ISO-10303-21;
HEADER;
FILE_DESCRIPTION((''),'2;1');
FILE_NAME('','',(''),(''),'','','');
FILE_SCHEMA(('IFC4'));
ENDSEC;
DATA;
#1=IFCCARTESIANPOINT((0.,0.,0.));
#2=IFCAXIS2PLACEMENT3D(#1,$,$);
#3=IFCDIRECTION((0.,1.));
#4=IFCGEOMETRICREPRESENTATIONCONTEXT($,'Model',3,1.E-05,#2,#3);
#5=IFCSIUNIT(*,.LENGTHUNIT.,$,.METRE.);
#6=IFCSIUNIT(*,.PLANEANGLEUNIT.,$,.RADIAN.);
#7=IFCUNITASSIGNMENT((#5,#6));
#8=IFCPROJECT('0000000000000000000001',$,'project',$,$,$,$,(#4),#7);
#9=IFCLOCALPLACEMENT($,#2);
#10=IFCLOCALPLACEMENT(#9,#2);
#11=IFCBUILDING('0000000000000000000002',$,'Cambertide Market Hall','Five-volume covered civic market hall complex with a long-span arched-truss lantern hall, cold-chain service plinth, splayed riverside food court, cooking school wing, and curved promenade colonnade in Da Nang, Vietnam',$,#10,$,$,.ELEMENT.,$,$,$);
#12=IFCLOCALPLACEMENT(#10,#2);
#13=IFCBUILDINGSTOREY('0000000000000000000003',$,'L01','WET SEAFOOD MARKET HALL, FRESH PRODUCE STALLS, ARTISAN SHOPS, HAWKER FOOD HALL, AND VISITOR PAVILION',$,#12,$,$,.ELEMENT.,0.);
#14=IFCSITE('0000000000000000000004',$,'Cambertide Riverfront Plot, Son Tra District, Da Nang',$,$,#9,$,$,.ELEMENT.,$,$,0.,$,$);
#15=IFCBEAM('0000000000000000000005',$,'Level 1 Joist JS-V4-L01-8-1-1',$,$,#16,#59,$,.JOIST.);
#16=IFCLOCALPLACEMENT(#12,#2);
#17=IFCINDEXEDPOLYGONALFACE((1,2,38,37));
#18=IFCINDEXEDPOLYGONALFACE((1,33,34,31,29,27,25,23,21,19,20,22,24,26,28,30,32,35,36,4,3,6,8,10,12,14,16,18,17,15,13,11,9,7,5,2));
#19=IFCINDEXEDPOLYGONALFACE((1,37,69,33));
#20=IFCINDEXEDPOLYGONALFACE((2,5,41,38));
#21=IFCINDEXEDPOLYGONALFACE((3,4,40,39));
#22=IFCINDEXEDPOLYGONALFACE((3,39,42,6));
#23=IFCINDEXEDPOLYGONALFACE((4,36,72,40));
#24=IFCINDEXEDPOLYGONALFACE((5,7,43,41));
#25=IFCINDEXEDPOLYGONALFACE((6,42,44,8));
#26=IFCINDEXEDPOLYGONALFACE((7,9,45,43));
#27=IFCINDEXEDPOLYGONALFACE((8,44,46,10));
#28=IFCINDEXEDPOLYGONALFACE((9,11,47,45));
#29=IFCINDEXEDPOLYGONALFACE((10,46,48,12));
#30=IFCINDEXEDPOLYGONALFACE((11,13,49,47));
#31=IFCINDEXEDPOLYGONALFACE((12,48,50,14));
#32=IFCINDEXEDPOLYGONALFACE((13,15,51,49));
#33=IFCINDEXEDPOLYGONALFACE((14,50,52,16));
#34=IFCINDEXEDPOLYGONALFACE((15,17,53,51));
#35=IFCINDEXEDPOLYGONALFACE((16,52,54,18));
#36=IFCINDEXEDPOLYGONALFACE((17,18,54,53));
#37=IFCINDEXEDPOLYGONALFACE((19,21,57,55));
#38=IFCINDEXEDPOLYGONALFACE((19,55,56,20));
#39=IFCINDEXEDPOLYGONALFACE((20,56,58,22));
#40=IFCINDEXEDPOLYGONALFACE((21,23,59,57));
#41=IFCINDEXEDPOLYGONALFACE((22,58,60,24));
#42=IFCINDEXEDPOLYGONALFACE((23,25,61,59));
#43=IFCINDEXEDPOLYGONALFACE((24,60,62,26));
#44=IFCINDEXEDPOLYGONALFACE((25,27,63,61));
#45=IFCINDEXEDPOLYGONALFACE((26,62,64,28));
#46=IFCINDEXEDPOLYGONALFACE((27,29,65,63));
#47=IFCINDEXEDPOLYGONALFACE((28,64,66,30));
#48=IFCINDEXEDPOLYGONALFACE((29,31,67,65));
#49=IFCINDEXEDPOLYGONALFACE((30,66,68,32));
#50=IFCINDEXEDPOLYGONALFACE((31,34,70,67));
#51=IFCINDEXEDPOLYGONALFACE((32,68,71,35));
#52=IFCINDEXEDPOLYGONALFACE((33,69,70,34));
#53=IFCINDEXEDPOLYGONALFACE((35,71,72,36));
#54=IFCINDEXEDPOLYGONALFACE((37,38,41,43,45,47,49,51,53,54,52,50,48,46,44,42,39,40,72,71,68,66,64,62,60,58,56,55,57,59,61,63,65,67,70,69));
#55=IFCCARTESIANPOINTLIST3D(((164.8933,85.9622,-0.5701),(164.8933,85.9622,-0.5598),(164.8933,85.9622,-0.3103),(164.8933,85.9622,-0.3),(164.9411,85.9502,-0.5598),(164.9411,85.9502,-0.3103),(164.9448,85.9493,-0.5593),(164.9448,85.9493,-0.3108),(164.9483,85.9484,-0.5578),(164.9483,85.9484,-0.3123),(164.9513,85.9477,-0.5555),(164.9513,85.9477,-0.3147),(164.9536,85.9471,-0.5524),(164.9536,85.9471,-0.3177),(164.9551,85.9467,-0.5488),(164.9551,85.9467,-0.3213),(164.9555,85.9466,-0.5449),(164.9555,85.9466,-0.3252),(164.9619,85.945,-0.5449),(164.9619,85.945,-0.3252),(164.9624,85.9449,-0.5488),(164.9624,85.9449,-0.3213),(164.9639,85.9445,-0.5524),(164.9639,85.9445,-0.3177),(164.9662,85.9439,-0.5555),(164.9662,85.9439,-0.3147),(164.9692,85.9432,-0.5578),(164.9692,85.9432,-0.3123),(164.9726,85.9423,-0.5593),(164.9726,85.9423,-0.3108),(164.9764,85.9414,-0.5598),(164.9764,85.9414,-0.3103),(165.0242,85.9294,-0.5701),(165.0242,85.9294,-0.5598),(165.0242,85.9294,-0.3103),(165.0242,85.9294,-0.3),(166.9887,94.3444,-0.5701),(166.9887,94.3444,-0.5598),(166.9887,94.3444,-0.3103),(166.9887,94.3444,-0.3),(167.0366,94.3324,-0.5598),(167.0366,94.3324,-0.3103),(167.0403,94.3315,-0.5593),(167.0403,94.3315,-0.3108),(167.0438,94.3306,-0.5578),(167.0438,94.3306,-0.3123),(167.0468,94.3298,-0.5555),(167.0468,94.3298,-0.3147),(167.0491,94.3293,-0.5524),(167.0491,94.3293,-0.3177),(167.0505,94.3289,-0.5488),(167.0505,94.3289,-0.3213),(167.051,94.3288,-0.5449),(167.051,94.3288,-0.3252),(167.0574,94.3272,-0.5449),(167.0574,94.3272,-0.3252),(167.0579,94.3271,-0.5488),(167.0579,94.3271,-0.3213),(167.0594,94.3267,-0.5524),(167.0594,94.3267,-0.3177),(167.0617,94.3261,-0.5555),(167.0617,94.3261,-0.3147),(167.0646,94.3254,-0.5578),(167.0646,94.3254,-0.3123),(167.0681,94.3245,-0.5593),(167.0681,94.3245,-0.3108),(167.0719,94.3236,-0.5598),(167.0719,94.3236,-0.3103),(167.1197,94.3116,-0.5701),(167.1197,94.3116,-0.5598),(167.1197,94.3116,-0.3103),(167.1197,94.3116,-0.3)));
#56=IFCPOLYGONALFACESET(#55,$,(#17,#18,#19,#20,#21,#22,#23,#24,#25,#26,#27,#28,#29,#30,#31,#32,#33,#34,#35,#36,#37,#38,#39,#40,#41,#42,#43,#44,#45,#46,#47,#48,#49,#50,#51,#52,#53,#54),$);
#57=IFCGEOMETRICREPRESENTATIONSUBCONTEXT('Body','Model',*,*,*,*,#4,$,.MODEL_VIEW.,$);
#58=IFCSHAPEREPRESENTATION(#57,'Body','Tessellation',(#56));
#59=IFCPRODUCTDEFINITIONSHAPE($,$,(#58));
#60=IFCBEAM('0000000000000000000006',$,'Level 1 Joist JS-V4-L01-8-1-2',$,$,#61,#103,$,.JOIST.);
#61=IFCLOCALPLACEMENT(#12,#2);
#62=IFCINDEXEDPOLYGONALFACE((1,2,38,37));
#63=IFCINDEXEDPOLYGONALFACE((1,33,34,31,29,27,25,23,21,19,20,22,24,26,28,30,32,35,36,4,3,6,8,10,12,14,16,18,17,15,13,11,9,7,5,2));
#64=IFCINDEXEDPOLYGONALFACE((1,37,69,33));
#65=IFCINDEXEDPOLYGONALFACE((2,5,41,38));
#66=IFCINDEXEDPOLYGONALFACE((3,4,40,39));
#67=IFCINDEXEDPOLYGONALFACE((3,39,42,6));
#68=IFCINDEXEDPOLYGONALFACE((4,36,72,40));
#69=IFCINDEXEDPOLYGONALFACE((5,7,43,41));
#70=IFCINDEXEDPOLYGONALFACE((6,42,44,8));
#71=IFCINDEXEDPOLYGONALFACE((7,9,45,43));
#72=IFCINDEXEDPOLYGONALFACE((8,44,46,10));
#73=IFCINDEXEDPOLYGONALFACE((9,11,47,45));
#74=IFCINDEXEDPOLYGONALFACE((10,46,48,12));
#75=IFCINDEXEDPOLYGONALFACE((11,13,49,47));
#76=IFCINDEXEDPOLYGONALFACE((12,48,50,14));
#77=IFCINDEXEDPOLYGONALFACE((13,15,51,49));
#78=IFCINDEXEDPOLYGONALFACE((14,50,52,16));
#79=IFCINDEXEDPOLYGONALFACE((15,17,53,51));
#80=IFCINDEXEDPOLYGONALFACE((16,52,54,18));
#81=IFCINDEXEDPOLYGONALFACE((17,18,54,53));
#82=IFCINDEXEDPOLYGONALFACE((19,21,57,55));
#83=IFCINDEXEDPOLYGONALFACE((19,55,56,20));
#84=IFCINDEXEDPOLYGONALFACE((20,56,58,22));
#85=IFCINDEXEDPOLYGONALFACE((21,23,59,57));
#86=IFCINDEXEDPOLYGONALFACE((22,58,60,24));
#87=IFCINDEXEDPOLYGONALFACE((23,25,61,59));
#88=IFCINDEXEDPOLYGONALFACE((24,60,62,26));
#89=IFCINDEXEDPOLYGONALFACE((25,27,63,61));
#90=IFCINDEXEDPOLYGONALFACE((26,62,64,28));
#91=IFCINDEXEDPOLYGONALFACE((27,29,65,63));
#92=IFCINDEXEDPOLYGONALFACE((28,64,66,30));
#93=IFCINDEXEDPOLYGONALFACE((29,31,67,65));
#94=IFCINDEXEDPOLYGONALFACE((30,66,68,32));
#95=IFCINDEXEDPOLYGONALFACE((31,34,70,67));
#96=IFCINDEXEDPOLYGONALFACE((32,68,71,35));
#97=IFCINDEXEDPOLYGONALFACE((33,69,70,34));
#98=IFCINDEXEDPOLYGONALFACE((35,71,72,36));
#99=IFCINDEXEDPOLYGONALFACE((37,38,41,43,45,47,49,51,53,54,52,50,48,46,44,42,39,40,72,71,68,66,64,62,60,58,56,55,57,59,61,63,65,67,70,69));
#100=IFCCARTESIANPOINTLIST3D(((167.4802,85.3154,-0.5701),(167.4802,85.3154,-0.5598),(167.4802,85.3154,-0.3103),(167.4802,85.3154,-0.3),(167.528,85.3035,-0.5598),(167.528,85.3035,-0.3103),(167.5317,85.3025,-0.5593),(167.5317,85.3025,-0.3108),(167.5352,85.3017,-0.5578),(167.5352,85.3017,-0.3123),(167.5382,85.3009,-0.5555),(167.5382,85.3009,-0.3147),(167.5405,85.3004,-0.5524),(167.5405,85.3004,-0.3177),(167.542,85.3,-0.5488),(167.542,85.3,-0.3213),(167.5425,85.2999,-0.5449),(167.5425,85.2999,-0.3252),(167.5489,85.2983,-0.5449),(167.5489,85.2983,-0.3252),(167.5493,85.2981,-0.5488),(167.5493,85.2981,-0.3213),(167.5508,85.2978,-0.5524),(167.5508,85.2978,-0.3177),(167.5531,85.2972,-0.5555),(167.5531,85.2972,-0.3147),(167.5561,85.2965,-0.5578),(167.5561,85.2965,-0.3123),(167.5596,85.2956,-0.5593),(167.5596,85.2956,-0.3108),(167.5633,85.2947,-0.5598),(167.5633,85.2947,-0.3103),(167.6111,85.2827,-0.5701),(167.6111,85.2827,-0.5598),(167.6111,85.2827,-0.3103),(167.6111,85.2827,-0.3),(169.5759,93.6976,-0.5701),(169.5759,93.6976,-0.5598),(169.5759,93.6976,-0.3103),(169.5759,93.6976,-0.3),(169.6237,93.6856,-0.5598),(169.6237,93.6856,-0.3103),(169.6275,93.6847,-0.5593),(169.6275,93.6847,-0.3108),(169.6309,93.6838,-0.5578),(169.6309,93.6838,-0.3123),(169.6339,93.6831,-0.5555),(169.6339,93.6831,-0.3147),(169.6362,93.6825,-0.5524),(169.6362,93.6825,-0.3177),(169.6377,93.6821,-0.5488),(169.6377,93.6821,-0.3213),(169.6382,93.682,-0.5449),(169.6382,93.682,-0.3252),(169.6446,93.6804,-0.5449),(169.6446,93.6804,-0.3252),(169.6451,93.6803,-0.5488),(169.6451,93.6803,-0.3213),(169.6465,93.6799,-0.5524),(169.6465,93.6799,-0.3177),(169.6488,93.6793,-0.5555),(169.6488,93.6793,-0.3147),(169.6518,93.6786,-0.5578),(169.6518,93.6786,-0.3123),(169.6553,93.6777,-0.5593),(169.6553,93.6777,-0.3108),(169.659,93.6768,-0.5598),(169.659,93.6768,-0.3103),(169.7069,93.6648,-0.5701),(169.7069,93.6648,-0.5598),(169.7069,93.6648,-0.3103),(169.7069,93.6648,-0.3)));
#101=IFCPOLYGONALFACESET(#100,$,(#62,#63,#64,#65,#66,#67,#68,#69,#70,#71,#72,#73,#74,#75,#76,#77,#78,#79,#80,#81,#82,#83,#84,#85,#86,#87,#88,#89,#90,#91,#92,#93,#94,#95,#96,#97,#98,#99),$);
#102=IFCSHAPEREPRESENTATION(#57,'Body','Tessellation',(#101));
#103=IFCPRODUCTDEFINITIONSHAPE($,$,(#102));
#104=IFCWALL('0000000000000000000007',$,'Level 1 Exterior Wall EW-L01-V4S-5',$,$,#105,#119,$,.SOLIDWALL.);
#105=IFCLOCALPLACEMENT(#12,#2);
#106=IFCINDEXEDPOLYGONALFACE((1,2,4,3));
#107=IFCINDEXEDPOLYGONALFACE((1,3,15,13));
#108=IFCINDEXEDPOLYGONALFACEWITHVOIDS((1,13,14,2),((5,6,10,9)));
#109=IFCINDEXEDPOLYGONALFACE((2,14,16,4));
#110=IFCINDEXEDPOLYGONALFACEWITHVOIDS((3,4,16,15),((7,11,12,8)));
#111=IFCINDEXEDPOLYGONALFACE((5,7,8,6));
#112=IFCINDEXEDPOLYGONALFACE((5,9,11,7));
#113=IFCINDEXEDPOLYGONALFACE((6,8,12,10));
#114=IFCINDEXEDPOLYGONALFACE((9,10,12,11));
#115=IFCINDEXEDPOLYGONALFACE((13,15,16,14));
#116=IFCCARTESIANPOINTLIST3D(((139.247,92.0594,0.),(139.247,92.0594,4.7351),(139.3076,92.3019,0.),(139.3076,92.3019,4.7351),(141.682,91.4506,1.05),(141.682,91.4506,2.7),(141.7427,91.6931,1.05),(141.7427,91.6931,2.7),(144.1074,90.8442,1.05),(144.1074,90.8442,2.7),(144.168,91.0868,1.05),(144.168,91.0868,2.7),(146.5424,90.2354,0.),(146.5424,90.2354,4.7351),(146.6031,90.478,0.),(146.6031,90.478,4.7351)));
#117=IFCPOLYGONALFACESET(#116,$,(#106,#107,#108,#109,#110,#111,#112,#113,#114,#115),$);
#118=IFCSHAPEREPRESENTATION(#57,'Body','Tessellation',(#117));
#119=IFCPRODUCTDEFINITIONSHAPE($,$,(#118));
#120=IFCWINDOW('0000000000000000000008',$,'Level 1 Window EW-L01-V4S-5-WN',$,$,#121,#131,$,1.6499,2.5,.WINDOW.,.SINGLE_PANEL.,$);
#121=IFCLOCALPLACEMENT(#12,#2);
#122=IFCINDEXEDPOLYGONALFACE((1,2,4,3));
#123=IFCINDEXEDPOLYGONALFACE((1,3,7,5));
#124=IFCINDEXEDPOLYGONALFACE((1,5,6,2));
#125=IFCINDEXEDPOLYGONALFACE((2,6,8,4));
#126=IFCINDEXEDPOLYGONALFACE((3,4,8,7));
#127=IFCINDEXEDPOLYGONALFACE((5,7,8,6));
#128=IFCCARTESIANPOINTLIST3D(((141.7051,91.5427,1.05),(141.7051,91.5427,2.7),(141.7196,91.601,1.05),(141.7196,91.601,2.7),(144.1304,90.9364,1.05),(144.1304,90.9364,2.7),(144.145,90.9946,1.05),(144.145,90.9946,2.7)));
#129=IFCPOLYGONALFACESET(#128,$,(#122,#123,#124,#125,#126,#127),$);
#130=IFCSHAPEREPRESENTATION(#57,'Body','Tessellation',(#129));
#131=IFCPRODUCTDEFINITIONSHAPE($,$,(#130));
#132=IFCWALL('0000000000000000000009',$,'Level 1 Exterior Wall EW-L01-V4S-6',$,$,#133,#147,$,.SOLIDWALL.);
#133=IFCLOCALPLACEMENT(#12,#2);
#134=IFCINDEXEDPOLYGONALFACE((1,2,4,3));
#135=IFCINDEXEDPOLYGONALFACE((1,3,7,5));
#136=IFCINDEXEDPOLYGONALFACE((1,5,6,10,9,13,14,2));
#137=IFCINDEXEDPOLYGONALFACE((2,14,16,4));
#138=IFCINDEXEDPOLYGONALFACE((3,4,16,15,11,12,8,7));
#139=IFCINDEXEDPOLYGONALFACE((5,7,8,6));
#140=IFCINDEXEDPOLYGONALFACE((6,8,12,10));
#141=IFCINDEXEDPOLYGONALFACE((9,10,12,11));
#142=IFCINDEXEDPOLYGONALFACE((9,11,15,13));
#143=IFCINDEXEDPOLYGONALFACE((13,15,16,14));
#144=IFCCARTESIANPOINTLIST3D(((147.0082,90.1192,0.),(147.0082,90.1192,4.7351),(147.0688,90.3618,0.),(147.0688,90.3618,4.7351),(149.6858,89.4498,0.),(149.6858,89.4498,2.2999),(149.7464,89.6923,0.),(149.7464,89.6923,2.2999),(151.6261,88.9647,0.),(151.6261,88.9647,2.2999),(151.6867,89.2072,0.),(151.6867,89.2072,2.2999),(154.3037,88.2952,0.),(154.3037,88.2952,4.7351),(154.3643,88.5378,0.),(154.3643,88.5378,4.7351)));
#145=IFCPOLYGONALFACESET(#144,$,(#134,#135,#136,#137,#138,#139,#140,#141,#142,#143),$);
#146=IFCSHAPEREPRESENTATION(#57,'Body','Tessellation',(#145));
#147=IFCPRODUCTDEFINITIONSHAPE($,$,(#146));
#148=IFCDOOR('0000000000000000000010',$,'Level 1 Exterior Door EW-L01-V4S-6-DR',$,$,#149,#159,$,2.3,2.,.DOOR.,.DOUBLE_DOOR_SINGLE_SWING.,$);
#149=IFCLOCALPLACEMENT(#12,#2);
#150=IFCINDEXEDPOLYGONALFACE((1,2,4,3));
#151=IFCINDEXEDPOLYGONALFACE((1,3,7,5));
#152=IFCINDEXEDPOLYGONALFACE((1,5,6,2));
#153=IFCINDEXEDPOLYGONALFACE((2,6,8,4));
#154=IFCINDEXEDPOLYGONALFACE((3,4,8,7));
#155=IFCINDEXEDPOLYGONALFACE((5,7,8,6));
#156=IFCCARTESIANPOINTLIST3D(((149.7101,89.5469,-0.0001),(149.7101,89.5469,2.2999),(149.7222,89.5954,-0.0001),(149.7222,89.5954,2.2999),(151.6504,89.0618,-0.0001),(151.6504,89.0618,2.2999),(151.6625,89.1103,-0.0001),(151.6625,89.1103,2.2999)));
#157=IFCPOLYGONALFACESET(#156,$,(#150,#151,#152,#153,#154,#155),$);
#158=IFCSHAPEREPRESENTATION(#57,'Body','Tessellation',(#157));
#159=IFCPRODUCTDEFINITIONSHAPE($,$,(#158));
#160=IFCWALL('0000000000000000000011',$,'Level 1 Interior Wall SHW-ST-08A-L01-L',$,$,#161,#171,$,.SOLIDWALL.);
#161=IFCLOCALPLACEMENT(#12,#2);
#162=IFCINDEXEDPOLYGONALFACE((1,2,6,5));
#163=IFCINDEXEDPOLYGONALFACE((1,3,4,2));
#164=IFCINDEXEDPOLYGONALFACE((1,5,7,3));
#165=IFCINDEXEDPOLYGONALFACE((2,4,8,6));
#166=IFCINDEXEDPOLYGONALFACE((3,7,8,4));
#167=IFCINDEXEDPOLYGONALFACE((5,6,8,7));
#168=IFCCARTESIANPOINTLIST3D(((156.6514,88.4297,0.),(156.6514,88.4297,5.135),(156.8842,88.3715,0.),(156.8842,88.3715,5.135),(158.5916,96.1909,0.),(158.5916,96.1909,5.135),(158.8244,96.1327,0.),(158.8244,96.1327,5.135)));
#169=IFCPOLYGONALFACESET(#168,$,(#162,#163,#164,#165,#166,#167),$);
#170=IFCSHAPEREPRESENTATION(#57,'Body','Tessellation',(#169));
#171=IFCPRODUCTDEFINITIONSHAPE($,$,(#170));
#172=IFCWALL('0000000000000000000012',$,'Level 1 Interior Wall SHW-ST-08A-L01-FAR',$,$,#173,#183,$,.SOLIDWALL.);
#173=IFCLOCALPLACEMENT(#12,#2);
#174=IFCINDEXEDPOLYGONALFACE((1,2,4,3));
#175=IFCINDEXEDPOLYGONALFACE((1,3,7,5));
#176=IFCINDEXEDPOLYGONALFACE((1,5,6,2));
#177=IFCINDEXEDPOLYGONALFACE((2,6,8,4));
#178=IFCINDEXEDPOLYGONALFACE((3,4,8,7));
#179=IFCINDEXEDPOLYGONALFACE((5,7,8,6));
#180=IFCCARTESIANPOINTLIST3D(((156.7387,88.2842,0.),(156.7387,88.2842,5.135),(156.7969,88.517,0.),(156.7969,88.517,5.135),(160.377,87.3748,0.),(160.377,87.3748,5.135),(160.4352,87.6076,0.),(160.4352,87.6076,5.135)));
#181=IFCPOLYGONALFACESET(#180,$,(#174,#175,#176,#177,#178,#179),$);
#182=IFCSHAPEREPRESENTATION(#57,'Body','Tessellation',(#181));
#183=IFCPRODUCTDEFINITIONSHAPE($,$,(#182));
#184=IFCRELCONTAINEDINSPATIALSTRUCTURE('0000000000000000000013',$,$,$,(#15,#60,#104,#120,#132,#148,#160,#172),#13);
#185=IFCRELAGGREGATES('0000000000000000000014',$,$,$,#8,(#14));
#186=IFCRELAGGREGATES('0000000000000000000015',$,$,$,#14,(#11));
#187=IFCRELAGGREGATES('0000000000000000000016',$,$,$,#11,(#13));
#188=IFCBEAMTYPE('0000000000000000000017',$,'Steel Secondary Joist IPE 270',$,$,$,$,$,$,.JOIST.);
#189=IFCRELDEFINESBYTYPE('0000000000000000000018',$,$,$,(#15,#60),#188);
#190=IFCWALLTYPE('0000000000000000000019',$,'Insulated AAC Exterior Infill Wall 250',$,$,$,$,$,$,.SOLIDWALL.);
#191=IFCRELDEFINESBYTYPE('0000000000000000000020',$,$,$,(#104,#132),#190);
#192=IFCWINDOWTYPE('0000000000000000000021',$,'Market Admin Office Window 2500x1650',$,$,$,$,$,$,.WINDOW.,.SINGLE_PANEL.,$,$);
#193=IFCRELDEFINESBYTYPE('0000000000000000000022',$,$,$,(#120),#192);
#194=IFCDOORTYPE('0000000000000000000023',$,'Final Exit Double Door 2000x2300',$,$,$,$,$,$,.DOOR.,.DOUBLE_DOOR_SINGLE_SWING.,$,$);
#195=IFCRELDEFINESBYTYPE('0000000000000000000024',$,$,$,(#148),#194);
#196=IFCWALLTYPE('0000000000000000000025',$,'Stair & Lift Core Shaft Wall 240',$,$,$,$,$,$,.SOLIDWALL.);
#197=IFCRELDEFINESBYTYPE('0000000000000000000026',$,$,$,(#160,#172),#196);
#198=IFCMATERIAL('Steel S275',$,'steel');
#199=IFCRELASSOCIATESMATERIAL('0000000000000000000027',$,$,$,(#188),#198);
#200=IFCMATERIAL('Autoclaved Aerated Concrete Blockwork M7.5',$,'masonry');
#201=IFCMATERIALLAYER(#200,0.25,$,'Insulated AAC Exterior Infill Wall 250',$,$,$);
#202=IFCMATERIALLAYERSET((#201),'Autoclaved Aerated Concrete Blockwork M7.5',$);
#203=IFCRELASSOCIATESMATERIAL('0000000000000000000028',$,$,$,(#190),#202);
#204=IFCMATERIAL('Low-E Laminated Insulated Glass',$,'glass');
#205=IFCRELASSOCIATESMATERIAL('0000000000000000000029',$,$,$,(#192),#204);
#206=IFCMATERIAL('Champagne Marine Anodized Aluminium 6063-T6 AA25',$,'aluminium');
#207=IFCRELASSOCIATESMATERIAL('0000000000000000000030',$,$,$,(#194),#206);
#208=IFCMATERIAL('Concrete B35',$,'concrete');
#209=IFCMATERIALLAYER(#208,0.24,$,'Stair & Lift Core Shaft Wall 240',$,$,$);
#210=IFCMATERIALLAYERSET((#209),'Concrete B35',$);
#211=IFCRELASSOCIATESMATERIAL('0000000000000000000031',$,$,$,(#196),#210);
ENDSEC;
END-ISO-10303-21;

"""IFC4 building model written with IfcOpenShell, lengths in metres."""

from ifc_helpers import new_model, si_unit, direction, frame, frame_2d, origin, origin_2d, place, context, subcontext, project, spatial, rectangle, i_section, extrude, material, layer, layer_set, material_profile, profile_set, type_object, element, fill, save


model = new_model("IFC4")

# Units and contexts
model_context = context("Model", 3, precision=1e-05, world=origin(), true_north=direction((0.0, 1.0)))
body_context = subcontext(model_context, "Body", "Model", "MODEL_VIEW")
ifc_project = project(units=[si_unit("LENGTHUNIT", "METRE"), si_unit("PLANEANGLEUNIT", "RADIAN")], contexts=[model_context])

# Site, building, storey
site_placement = place(None, origin())
site = spatial("IfcSite", under=ifc_project, at=site_placement, Name="Cambertide Riverfront Plot, Son Tra District, Da Nang", CompositionType="ELEMENT", RefElevation=0.0)
building_placement = place(site_placement, origin())
building = spatial("IfcBuilding", under=site, at=building_placement, Name="Cambertide Market Hall", Description="Five-volume covered civic market hall complex with a long-span arched-truss lantern hall, cold-chain service plinth, splayed riverside food court, cooking school wing, and curved promenade colonnade in Da Nang, Vietnam", CompositionType="ELEMENT")
storey_placement = place(building_placement, origin())
storey = spatial("IfcBuildingStorey", under=building, at=storey_placement, Name="L01", Description="WET SEAFOOD MARKET HALL, FRESH PRODUCE STALLS, ARTISAN SHOPS, HAWKER FOOD HALL, AND VISITOR PAVILION", CompositionType="ELEMENT", Elevation=0.0)

# Beams
ifc_material_1 = material(Name="Steel S275", Category="steel")
ifc_material_profile_1 = material_profile(ifc_material_1, i_section(OverallWidth=0.135, OverallDepth=0.27, WebThickness=0.0066, FlangeThickness=0.0103, FilletRadius=0.0149, at=origin_2d()), Name="IPE 270")
ifc_profile_set_1 = profile_set([ifc_material_profile_1], Name="Steel S275")
beam_type_1 = type_object("IfcBeamType", Name="Steel Secondary Joist IPE 270", PredefinedType="JOIST", material=ifc_profile_set_1)
for number, where, z_axis, x_axis, name in (
    (1, (164.9587, 85.9458, -0.4351), (0.242529, 0.970144, 0.0), (-0.970144, 0.242529, 0.0), "Level 1 Joist JS-V4-L01-8-1-1"),
    (2, (167.5457, 85.2991, -0.4351), (0.242556, 0.970138, 0.0), (-0.970138, 0.242556, 0.0), "Level 1 Joist JS-V4-L01-8-1-2"),
):
    element("IfcBeam", number, at=place(storey_placement, frame(where, z_axis=z_axis, x_axis=x_axis)), inside=storey, type_object=beam_type_1, Name=name, PredefinedType="JOIST", context=body_context, shape_type="SweptSolid", body=[
        extrude(i_section(OverallWidth=0.135, OverallDepth=0.27, WebThickness=0.0066, FlangeThickness=0.0103, FilletRadius=0.0149, at=origin_2d()), origin(), (0.0, 0.0, 1.0), 8.6401),
    ])

# Wall, opening, window
ifc_material_2 = material(Name="Autoclaved Aerated Concrete Blockwork M7.5", Category="masonry")
ifc_layer_1 = layer(ifc_material_2, 0.25, Name="Insulated AAC Exterior Infill Wall 250")
ifc_layer_set_1 = layer_set([ifc_layer_1], Name="Autoclaved Aerated Concrete Blockwork M7.5")
wall_type_1 = type_object("IfcWallType", Name="Insulated AAC Exterior Infill Wall 250", PredefinedType="SOLIDWALL", material=ifc_layer_set_1)
wall_1_placement = place(storey_placement, frame((146.5728, 90.3567, 0.0), z_axis=(0.0, 0.0, 1.0), x_axis=(-0.970139, 0.242551, 0.0)))
wall_1 = element("IfcWall", 3, at=wall_1_placement, inside=storey, type_object=wall_type_1, Name="Level 1 Exterior Wall EW-L01-V4S-5", PredefinedType="SOLIDWALL", context=body_context, shape_type="SweptSolid", body=[
    extrude(rectangle(XDim=7.52, YDim=0.25, at=frame_2d((3.76, 0.0))), origin(), (0.0, 0.0, 1.0), 4.7351),
])
opening_1_placement = place(wall_1_placement, frame((2.51, 0.0, 1.05)))
opening_1 = element("IfcOpeningElement", 4, at=opening_1_placement, cuts=wall_1, PredefinedType="OPENING", context=body_context, shape_type="SweptSolid", body=[
    extrude(rectangle(XDim=2.5, YDim=1.6499, at=frame_2d((1.25, 0.825))), frame((0.0, 0.135, 0.0), z_axis=(0.0, -1.0, 0.0), x_axis=(1.0, 0.0, 0.0)), (0.0, 0.0, 1.0), 0.27),
])
ifc_material_3 = material(Name="Low-E Laminated Insulated Glass", Category="glass")
window_type = type_object("IfcWindowType", Name="Market Admin Office Window 2500x1650", PartitioningType="SINGLE_PANEL", PredefinedType="WINDOW", material=ifc_material_3)
window_1_placement = place(opening_1_placement, origin())
window_1 = element("IfcWindow", 5, at=window_1_placement, inside=storey, type_object=window_type, Name="Level 1 Window EW-L01-V4S-5-WN", OverallHeight=1.6499, OverallWidth=2.5, PartitioningType="SINGLE_PANEL", PredefinedType="WINDOW", context=body_context, shape_type="SweptSolid", body=[
    extrude(rectangle(XDim=2.5, YDim=1.6499, at=frame_2d((1.25, 0.825))), frame((0.0, 0.03, 0.0), z_axis=(0.0, -1.0, 0.0), x_axis=(1.0, 0.0, 0.0)), (0.0, 0.0, 1.0), 0.0601),
])
fill(opening_1, window_1)

# Wall, opening, door
wall_2_placement = place(storey_placement, frame((154.334, 88.4165, 0.0), z_axis=(0.0, 0.0, 1.0), x_axis=(-0.970139, 0.242551, 0.0)))
wall_2 = element("IfcWall", 6, at=wall_2_placement, inside=storey, type_object=wall_type_1, Name="Level 1 Exterior Wall EW-L01-V4S-6", PredefinedType="SOLIDWALL", context=body_context, shape_type="SweptSolid", body=[
    extrude(rectangle(XDim=7.52, YDim=0.25, at=frame_2d((3.76, 0.0))), origin(), (0.0, 0.0, 1.0), 4.7351),
])
opening_2_placement = place(wall_2_placement, frame((2.76, 0.0, 0.0)))
opening_2 = element("IfcOpeningElement", 7, at=opening_2_placement, cuts=wall_2, PredefinedType="OPENING", context=body_context, shape_type="SweptSolid", body=[
    extrude(rectangle(XDim=2.0, YDim=2.3, at=frame_2d((1.0, 1.1499))), frame((0.0, 0.135, 0.0), z_axis=(0.0, -1.0, 0.0), x_axis=(1.0, 0.0, 0.0)), (0.0, 0.0, 1.0), 0.27),
])
ifc_material_4 = material(Name="Champagne Marine Anodized Aluminium 6063-T6 AA25", Category="aluminium")
door_type = type_object("IfcDoorType", Name="Final Exit Double Door 2000x2300", OperationType="DOUBLE_DOOR_SINGLE_SWING", PredefinedType="DOOR", material=ifc_material_4)
door_placement = place(opening_2_placement, origin())
door = element("IfcDoor", 8, at=door_placement, inside=storey, type_object=door_type, Name="Level 1 Exterior Door EW-L01-V4S-6-DR", OperationType="DOUBLE_DOOR_SINGLE_SWING", OverallHeight=2.3, OverallWidth=2.0, PredefinedType="DOOR", context=body_context, shape_type="SweptSolid", body=[
    extrude(rectangle(XDim=2.0, YDim=2.3, at=frame_2d((1.0, 1.1499))), frame((0.0, 0.0249, 0.0), z_axis=(0.0, -1.0, 0.0), x_axis=(1.0, 0.0, 0.0)), (0.0, 0.0, 1.0), 0.05),
])
fill(opening_2, door)

# Walls
ifc_material_5 = material(Name="Concrete B35", Category="concrete")
ifc_layer_2 = layer(ifc_material_5, 0.24, Name="Stair & Lift Core Shaft Wall 240")
ifc_layer_set_2 = layer_set([ifc_layer_2], Name="Concrete B35")
wall_type_2 = type_object("IfcWallType", Name="Stair & Lift Core Shaft Wall 240", PredefinedType="SOLIDWALL", material=ifc_layer_set_2)
wall_3_placement = place(storey_placement, frame((156.7678, 88.4006, 0.0), z_axis=(0.0, 0.0, 1.0), x_axis=(0.242521, 0.970146, 0.0)))
element("IfcWall", 9, at=wall_3_placement, inside=storey, type_object=wall_type_2, Name="Level 1 Interior Wall SHW-ST-08A-L01-L", PredefinedType="SOLIDWALL", context=body_context, shape_type="SweptSolid", body=[
    extrude(rectangle(XDim=8.0, YDim=0.24, at=frame_2d((4.0, 0.0))), origin(), (0.0, 0.0, 1.0), 5.135),
])
wall_4_placement = place(storey_placement, frame((160.406, 87.4912, 0.0), z_axis=(0.0, 0.0, 1.0), x_axis=(-0.97015, 0.242505, 0.0)))
element("IfcWall", 10, at=wall_4_placement, inside=storey, type_object=wall_type_2, Name="Level 1 Interior Wall SHW-ST-08A-L01-FAR", PredefinedType="SOLIDWALL", context=body_context, shape_type="SweptSolid", body=[
    extrude(rectangle(XDim=3.7502, YDim=0.24, at=frame_2d((1.875, 0.0))), origin(), (0.0, 0.0, 1.0), 5.135),
])

save(model, "model.ifc")
